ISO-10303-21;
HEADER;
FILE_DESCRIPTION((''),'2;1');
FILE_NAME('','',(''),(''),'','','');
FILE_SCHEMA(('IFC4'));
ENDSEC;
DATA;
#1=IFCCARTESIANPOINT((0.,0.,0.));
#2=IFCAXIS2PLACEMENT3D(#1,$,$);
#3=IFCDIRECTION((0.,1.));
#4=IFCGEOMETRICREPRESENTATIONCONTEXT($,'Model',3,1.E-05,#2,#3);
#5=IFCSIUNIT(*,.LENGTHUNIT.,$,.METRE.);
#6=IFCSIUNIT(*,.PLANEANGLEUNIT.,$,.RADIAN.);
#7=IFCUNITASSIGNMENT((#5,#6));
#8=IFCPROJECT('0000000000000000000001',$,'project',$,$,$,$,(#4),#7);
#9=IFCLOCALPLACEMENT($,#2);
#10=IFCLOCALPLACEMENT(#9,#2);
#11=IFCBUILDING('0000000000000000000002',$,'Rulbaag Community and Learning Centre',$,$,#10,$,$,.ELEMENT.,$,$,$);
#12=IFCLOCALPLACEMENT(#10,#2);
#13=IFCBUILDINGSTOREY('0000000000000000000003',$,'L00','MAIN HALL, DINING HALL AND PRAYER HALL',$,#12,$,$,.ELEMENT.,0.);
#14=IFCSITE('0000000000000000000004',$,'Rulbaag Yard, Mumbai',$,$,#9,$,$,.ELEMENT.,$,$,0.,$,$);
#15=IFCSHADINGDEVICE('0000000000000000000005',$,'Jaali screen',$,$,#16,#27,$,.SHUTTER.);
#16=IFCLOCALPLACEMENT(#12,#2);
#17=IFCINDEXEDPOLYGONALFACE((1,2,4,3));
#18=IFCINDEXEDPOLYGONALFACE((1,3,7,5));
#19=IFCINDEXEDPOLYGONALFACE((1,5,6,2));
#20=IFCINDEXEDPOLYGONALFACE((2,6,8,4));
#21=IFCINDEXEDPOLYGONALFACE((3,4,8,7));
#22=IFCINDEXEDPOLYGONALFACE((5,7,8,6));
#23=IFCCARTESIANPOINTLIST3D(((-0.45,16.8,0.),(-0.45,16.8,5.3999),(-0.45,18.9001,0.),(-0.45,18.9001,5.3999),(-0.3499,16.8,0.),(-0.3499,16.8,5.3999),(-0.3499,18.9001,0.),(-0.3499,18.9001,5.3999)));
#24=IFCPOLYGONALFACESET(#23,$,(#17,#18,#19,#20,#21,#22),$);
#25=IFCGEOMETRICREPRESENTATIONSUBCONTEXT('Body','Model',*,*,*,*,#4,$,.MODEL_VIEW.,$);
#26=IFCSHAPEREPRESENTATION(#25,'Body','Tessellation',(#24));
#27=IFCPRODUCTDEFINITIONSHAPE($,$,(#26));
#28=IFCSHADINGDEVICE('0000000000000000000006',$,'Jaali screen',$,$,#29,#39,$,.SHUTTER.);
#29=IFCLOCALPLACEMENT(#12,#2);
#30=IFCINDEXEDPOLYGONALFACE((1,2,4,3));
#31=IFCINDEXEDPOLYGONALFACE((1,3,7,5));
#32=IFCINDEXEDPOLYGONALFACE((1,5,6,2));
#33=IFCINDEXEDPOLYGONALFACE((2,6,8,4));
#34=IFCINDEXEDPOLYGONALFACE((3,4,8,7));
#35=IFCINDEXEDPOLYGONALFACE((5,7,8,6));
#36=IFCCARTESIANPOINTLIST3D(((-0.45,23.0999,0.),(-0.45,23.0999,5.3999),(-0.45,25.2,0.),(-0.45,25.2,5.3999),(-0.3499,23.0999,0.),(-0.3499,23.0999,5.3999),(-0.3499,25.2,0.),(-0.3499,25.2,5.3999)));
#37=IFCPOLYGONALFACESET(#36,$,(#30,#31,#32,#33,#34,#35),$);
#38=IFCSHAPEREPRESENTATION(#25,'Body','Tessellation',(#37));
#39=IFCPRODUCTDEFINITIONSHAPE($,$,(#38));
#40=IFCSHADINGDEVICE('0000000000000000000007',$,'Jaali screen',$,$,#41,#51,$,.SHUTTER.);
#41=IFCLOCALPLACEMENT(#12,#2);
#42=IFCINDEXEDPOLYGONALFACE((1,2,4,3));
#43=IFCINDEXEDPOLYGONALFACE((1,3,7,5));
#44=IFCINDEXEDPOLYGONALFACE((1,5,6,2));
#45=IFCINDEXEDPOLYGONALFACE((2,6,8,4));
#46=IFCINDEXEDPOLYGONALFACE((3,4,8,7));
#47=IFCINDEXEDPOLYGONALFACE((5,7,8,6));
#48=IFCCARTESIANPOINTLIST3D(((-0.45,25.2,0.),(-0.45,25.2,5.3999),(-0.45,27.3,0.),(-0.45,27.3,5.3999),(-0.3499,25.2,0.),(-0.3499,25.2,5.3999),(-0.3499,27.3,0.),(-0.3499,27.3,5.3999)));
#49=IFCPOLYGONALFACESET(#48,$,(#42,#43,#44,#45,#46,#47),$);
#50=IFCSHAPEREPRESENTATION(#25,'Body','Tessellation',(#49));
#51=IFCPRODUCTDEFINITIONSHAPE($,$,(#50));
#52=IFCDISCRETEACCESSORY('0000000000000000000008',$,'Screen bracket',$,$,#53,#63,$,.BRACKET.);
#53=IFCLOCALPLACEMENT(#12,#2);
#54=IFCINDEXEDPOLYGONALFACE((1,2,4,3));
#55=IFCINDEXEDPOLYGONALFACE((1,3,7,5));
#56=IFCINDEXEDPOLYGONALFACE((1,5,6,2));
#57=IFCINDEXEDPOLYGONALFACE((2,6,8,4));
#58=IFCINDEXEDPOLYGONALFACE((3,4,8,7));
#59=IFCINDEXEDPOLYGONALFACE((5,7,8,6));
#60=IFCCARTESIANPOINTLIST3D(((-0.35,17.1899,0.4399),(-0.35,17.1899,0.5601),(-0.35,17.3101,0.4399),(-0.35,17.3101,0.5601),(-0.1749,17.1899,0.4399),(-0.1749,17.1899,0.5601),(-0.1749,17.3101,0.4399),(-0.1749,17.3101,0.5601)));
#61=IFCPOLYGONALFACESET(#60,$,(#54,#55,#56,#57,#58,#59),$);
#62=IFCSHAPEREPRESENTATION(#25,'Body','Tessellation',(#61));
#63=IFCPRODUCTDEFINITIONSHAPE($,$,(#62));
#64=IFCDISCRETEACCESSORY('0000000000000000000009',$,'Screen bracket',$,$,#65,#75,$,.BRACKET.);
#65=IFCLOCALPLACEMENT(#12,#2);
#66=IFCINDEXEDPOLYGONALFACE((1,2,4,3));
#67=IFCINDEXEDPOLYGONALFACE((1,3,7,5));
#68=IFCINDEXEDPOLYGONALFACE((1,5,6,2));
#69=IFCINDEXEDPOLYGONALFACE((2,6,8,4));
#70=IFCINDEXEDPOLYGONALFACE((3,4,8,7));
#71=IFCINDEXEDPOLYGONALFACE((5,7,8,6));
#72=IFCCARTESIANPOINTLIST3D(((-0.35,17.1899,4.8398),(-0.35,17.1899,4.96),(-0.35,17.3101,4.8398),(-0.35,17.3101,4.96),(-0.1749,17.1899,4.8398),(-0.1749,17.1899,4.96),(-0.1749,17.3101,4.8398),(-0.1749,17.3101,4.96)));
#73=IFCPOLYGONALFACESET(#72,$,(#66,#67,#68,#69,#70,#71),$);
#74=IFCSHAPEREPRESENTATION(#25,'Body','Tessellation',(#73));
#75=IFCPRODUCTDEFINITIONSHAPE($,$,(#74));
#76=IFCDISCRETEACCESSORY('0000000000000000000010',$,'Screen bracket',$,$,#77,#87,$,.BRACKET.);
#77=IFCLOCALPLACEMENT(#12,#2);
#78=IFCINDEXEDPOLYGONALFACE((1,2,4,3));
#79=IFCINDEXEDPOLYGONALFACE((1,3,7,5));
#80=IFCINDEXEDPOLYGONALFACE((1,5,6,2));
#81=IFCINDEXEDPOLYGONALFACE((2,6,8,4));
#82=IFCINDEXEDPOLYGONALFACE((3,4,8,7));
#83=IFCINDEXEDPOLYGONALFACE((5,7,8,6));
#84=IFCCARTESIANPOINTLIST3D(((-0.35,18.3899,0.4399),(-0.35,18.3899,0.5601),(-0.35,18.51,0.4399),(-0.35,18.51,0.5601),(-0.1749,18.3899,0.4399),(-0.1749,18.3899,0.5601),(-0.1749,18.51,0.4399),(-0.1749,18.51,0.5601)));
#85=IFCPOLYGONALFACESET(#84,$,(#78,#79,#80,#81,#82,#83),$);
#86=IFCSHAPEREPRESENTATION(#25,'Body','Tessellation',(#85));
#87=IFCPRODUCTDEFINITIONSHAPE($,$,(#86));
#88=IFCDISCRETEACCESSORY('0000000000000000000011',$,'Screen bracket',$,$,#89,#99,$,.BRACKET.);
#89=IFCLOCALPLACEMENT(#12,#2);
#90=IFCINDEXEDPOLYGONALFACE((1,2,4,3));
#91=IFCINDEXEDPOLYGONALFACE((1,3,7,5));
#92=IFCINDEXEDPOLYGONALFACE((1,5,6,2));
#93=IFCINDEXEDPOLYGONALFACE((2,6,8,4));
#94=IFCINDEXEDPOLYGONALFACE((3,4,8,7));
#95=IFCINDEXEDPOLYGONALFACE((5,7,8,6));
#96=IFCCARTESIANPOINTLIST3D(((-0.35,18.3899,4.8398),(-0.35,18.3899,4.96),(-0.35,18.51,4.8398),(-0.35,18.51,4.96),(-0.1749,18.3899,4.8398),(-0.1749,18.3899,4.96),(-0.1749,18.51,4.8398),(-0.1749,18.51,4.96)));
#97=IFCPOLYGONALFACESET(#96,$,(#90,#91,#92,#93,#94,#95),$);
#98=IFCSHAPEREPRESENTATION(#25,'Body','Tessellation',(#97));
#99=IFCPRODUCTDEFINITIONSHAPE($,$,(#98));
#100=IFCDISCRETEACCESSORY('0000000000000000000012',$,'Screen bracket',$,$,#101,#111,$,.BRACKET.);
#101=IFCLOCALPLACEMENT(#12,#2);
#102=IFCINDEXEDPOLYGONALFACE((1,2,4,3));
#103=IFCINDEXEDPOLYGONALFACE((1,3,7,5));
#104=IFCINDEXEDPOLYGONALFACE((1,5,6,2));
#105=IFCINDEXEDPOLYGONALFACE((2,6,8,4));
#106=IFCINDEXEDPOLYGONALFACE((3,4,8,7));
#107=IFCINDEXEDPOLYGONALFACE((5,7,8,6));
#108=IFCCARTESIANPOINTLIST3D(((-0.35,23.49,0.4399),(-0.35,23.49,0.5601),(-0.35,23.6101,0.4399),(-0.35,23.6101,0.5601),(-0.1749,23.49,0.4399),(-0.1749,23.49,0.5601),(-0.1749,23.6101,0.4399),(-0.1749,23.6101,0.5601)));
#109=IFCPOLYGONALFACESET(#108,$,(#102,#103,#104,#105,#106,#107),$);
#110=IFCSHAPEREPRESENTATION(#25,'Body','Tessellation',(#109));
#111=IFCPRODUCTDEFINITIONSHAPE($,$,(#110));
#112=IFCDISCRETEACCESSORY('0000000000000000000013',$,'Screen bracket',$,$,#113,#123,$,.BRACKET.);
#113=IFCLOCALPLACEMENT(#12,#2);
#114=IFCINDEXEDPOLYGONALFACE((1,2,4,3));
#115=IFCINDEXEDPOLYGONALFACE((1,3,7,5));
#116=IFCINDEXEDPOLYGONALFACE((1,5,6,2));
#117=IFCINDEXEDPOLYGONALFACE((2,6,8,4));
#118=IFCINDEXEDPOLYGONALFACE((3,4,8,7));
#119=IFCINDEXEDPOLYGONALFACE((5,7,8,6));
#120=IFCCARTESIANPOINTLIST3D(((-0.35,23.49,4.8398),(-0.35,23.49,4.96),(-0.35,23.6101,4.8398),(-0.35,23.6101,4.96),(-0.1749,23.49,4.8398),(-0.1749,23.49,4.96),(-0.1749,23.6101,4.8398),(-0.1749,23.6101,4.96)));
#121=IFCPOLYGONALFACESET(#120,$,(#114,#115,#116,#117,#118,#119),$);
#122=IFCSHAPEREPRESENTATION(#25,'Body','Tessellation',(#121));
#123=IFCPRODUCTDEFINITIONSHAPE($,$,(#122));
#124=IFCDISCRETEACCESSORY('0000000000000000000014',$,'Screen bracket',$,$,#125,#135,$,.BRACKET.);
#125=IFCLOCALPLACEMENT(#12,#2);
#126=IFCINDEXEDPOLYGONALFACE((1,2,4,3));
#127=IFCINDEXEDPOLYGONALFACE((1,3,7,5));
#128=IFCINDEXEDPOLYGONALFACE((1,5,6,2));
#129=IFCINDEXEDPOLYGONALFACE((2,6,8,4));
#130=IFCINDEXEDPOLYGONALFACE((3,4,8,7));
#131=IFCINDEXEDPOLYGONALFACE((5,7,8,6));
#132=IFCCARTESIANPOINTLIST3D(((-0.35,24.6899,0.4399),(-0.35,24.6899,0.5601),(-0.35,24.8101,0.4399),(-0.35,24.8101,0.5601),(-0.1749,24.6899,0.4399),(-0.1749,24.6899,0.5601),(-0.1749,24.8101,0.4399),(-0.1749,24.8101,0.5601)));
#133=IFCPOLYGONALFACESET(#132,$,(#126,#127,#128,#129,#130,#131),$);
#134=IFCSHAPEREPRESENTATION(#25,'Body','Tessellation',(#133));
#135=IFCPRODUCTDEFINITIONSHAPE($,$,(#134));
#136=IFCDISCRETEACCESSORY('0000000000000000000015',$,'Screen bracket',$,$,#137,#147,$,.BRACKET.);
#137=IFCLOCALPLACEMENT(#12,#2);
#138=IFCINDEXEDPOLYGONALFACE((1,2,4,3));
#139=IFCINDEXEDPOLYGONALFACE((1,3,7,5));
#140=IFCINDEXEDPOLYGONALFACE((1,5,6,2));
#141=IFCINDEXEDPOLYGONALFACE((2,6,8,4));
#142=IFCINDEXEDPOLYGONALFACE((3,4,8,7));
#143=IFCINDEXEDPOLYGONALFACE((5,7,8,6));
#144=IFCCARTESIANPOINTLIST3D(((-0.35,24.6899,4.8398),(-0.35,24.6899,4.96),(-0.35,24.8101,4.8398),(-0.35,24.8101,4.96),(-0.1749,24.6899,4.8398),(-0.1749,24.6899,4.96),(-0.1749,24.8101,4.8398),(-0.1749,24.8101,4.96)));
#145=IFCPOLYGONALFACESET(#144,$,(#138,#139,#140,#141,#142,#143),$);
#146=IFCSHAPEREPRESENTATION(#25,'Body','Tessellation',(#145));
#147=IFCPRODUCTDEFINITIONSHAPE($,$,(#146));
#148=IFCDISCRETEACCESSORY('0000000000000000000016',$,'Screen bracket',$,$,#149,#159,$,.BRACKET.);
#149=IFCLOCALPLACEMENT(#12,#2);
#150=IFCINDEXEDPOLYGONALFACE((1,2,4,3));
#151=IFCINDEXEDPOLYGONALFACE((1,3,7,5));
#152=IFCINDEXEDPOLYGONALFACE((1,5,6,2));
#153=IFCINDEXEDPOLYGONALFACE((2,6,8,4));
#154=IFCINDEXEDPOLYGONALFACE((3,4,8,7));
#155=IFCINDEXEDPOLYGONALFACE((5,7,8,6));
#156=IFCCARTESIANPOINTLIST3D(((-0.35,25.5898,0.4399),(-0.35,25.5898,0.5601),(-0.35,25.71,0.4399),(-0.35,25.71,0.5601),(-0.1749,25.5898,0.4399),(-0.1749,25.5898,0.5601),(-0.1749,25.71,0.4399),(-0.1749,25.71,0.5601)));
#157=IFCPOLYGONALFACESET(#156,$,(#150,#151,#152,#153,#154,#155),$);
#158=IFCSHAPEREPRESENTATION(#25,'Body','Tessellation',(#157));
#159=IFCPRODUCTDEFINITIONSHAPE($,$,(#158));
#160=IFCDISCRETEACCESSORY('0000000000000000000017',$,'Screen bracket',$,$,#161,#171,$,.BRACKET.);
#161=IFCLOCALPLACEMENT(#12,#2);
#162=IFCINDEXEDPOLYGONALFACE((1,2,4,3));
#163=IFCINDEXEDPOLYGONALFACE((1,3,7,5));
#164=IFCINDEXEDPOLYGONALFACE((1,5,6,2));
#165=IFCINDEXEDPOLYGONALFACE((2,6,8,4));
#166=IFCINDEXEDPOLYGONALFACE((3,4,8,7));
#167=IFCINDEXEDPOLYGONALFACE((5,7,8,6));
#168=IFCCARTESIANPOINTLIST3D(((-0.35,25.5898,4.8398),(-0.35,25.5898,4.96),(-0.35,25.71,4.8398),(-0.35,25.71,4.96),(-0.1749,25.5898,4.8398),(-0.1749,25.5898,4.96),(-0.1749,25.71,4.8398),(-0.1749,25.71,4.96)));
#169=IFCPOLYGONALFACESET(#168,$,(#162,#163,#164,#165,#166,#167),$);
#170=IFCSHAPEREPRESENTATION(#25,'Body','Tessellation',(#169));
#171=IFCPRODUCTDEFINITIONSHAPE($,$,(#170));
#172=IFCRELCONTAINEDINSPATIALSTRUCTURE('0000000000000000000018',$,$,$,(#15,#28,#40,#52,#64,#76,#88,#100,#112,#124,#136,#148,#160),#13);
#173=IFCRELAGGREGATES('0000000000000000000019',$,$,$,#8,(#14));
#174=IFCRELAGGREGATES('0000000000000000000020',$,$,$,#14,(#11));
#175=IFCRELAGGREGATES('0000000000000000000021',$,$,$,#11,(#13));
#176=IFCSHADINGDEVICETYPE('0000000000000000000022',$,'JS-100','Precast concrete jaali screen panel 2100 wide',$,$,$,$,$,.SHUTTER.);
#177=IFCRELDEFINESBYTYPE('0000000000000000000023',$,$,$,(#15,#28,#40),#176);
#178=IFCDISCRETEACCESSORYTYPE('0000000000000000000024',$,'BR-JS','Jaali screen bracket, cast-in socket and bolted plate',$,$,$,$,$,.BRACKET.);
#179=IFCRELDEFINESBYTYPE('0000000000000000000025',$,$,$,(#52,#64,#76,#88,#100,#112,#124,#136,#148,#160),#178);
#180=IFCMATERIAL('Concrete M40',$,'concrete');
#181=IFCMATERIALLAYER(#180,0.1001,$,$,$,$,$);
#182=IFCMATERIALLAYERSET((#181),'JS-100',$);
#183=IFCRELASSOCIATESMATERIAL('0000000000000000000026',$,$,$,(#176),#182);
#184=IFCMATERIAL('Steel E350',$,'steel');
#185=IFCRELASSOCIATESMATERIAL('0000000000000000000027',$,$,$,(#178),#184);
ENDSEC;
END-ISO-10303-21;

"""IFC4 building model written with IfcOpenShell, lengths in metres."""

from ifc_helpers import new_model, si_unit, direction, frame, origin, origin_2d, place, context, subcontext, project, spatial, rectangle, extrude, material, layer, layer_set, type_object, element, save


model = new_model("IFC4")

# Units and contexts
model_context = context("Model", 3, precision=1e-05, world=origin(), true_north=direction((0.0, 1.0)))
body_context = subcontext(model_context, "Body", "Model", "MODEL_VIEW")
ifc_project = project(units=[si_unit("LENGTHUNIT", "METRE"), si_unit("PLANEANGLEUNIT", "RADIAN")], contexts=[model_context])

# Site, building, storey
site_placement = place(None, origin())
site = spatial("IfcSite", under=ifc_project, at=site_placement, Name="Rulbaag Yard, Mumbai", CompositionType="ELEMENT", RefElevation=0.0)
building_placement = place(site_placement, origin())
building = spatial("IfcBuilding", under=site, at=building_placement, Name="Rulbaag Community and Learning Centre", CompositionType="ELEMENT")
storey_placement = place(building_placement, origin())
storey = spatial("IfcBuildingStorey", under=building, at=storey_placement, Name="L00", Description="MAIN HALL, DINING HALL AND PRAYER HALL", CompositionType="ELEMENT", Elevation=0.0)

# Shared definitions
ifc_material_1 = material(Name="Concrete M40", Category="concrete")

# Shading devices
ifc_layer_1 = layer(ifc_material_1, 0.1001)
ifc_layer_set_1 = layer_set([ifc_layer_1], Name="JS-100")
shading_device_type = type_object("IfcShadingDeviceType", Name="JS-100", Description="Precast concrete jaali screen panel 2100 wide", PredefinedType="SHUTTER", material=ifc_layer_set_1)
for number, where, z_axis, x_axis, name in (
    (1, (-0.3999, 17.8501, 0.0), (0.0, 0.0, 1.0), (1.0, 0.0, 0.0), "Jaali screen"),
    (2, (-0.3999, 24.1499, 0.0), (0.0, 0.0, 1.0), (1.0, 0.0, 0.0), "Jaali screen"),
    (3, (-0.3999, 26.25, 0.0), (0.0, 0.0, 1.0), (1.0, 0.0, 0.0), "Jaali screen"),
):
    element("IfcShadingDevice", number, at=place(storey_placement, frame(where, z_axis=z_axis, x_axis=x_axis)), inside=storey, type_object=shading_device_type, Name=name, PredefinedType="SHUTTER", context=body_context, shape_type="SweptSolid", body=[
        extrude(rectangle(XDim=0.1001, YDim=2.1001, at=origin_2d()), origin(), (0.0, 0.0, 1.0), 5.3999),
    ])

# Discrete accessories
ifc_material_2 = material(Name="Steel E350", Category="steel")
discrete_accessory_type = type_object("IfcDiscreteAccessoryType", Name="BR-JS", Description="Jaali screen bracket, cast-in socket and bolted plate", PredefinedType="BRACKET", material=ifc_material_2)
for number, where, z_axis, x_axis, name in (
    (4, (-0.2625, 17.25, 0.4399), (0.0, 0.0, 1.0), (1.0, 0.0, 0.0), "Screen bracket"),
    (5, (-0.2625, 17.25, 4.8398), (0.0, 0.0, 1.0), (1.0, 0.0, 0.0), "Screen bracket"),
    (6, (-0.2625, 18.45, 0.4399), (0.0, 0.0, 1.0), (1.0, 0.0, 0.0), "Screen bracket"),
    (7, (-0.2625, 18.45, 4.8398), (0.0, 0.0, 1.0), (1.0, 0.0, 0.0), "Screen bracket"),
    (8, (-0.2625, 23.55, 0.4399), (0.0, 0.0, 1.0), (1.0, 0.0, 0.0), "Screen bracket"),
    (9, (-0.2625, 23.55, 4.8398), (0.0, 0.0, 1.0), (1.0, 0.0, 0.0), "Screen bracket"),
    (10, (-0.2625, 24.75, 0.4399), (0.0, 0.0, 1.0), (1.0, 0.0, 0.0), "Screen bracket"),
    (11, (-0.2625, 24.75, 4.8398), (0.0, 0.0, 1.0), (1.0, 0.0, 0.0), "Screen bracket"),
    (12, (-0.2625, 25.6499, 0.4399), (0.0, 0.0, 1.0), (1.0, 0.0, 0.0), "Screen bracket"),
    (13, (-0.2625, 25.6499, 4.8398), (0.0, 0.0, 1.0), (1.0, 0.0, 0.0), "Screen bracket"),
):
    element("IfcDiscreteAccessory", number, at=place(storey_placement, frame(where, z_axis=z_axis, x_axis=x_axis)), inside=storey, type_object=discrete_accessory_type, Name=name, PredefinedType="BRACKET", context=body_context, shape_type="SweptSolid", body=[
        extrude(rectangle(XDim=0.175, YDim=0.1201, at=origin_2d()), origin(), (0.0, 0.0, 1.0), 0.1201),
    ])

save(model, "model.ifc")
